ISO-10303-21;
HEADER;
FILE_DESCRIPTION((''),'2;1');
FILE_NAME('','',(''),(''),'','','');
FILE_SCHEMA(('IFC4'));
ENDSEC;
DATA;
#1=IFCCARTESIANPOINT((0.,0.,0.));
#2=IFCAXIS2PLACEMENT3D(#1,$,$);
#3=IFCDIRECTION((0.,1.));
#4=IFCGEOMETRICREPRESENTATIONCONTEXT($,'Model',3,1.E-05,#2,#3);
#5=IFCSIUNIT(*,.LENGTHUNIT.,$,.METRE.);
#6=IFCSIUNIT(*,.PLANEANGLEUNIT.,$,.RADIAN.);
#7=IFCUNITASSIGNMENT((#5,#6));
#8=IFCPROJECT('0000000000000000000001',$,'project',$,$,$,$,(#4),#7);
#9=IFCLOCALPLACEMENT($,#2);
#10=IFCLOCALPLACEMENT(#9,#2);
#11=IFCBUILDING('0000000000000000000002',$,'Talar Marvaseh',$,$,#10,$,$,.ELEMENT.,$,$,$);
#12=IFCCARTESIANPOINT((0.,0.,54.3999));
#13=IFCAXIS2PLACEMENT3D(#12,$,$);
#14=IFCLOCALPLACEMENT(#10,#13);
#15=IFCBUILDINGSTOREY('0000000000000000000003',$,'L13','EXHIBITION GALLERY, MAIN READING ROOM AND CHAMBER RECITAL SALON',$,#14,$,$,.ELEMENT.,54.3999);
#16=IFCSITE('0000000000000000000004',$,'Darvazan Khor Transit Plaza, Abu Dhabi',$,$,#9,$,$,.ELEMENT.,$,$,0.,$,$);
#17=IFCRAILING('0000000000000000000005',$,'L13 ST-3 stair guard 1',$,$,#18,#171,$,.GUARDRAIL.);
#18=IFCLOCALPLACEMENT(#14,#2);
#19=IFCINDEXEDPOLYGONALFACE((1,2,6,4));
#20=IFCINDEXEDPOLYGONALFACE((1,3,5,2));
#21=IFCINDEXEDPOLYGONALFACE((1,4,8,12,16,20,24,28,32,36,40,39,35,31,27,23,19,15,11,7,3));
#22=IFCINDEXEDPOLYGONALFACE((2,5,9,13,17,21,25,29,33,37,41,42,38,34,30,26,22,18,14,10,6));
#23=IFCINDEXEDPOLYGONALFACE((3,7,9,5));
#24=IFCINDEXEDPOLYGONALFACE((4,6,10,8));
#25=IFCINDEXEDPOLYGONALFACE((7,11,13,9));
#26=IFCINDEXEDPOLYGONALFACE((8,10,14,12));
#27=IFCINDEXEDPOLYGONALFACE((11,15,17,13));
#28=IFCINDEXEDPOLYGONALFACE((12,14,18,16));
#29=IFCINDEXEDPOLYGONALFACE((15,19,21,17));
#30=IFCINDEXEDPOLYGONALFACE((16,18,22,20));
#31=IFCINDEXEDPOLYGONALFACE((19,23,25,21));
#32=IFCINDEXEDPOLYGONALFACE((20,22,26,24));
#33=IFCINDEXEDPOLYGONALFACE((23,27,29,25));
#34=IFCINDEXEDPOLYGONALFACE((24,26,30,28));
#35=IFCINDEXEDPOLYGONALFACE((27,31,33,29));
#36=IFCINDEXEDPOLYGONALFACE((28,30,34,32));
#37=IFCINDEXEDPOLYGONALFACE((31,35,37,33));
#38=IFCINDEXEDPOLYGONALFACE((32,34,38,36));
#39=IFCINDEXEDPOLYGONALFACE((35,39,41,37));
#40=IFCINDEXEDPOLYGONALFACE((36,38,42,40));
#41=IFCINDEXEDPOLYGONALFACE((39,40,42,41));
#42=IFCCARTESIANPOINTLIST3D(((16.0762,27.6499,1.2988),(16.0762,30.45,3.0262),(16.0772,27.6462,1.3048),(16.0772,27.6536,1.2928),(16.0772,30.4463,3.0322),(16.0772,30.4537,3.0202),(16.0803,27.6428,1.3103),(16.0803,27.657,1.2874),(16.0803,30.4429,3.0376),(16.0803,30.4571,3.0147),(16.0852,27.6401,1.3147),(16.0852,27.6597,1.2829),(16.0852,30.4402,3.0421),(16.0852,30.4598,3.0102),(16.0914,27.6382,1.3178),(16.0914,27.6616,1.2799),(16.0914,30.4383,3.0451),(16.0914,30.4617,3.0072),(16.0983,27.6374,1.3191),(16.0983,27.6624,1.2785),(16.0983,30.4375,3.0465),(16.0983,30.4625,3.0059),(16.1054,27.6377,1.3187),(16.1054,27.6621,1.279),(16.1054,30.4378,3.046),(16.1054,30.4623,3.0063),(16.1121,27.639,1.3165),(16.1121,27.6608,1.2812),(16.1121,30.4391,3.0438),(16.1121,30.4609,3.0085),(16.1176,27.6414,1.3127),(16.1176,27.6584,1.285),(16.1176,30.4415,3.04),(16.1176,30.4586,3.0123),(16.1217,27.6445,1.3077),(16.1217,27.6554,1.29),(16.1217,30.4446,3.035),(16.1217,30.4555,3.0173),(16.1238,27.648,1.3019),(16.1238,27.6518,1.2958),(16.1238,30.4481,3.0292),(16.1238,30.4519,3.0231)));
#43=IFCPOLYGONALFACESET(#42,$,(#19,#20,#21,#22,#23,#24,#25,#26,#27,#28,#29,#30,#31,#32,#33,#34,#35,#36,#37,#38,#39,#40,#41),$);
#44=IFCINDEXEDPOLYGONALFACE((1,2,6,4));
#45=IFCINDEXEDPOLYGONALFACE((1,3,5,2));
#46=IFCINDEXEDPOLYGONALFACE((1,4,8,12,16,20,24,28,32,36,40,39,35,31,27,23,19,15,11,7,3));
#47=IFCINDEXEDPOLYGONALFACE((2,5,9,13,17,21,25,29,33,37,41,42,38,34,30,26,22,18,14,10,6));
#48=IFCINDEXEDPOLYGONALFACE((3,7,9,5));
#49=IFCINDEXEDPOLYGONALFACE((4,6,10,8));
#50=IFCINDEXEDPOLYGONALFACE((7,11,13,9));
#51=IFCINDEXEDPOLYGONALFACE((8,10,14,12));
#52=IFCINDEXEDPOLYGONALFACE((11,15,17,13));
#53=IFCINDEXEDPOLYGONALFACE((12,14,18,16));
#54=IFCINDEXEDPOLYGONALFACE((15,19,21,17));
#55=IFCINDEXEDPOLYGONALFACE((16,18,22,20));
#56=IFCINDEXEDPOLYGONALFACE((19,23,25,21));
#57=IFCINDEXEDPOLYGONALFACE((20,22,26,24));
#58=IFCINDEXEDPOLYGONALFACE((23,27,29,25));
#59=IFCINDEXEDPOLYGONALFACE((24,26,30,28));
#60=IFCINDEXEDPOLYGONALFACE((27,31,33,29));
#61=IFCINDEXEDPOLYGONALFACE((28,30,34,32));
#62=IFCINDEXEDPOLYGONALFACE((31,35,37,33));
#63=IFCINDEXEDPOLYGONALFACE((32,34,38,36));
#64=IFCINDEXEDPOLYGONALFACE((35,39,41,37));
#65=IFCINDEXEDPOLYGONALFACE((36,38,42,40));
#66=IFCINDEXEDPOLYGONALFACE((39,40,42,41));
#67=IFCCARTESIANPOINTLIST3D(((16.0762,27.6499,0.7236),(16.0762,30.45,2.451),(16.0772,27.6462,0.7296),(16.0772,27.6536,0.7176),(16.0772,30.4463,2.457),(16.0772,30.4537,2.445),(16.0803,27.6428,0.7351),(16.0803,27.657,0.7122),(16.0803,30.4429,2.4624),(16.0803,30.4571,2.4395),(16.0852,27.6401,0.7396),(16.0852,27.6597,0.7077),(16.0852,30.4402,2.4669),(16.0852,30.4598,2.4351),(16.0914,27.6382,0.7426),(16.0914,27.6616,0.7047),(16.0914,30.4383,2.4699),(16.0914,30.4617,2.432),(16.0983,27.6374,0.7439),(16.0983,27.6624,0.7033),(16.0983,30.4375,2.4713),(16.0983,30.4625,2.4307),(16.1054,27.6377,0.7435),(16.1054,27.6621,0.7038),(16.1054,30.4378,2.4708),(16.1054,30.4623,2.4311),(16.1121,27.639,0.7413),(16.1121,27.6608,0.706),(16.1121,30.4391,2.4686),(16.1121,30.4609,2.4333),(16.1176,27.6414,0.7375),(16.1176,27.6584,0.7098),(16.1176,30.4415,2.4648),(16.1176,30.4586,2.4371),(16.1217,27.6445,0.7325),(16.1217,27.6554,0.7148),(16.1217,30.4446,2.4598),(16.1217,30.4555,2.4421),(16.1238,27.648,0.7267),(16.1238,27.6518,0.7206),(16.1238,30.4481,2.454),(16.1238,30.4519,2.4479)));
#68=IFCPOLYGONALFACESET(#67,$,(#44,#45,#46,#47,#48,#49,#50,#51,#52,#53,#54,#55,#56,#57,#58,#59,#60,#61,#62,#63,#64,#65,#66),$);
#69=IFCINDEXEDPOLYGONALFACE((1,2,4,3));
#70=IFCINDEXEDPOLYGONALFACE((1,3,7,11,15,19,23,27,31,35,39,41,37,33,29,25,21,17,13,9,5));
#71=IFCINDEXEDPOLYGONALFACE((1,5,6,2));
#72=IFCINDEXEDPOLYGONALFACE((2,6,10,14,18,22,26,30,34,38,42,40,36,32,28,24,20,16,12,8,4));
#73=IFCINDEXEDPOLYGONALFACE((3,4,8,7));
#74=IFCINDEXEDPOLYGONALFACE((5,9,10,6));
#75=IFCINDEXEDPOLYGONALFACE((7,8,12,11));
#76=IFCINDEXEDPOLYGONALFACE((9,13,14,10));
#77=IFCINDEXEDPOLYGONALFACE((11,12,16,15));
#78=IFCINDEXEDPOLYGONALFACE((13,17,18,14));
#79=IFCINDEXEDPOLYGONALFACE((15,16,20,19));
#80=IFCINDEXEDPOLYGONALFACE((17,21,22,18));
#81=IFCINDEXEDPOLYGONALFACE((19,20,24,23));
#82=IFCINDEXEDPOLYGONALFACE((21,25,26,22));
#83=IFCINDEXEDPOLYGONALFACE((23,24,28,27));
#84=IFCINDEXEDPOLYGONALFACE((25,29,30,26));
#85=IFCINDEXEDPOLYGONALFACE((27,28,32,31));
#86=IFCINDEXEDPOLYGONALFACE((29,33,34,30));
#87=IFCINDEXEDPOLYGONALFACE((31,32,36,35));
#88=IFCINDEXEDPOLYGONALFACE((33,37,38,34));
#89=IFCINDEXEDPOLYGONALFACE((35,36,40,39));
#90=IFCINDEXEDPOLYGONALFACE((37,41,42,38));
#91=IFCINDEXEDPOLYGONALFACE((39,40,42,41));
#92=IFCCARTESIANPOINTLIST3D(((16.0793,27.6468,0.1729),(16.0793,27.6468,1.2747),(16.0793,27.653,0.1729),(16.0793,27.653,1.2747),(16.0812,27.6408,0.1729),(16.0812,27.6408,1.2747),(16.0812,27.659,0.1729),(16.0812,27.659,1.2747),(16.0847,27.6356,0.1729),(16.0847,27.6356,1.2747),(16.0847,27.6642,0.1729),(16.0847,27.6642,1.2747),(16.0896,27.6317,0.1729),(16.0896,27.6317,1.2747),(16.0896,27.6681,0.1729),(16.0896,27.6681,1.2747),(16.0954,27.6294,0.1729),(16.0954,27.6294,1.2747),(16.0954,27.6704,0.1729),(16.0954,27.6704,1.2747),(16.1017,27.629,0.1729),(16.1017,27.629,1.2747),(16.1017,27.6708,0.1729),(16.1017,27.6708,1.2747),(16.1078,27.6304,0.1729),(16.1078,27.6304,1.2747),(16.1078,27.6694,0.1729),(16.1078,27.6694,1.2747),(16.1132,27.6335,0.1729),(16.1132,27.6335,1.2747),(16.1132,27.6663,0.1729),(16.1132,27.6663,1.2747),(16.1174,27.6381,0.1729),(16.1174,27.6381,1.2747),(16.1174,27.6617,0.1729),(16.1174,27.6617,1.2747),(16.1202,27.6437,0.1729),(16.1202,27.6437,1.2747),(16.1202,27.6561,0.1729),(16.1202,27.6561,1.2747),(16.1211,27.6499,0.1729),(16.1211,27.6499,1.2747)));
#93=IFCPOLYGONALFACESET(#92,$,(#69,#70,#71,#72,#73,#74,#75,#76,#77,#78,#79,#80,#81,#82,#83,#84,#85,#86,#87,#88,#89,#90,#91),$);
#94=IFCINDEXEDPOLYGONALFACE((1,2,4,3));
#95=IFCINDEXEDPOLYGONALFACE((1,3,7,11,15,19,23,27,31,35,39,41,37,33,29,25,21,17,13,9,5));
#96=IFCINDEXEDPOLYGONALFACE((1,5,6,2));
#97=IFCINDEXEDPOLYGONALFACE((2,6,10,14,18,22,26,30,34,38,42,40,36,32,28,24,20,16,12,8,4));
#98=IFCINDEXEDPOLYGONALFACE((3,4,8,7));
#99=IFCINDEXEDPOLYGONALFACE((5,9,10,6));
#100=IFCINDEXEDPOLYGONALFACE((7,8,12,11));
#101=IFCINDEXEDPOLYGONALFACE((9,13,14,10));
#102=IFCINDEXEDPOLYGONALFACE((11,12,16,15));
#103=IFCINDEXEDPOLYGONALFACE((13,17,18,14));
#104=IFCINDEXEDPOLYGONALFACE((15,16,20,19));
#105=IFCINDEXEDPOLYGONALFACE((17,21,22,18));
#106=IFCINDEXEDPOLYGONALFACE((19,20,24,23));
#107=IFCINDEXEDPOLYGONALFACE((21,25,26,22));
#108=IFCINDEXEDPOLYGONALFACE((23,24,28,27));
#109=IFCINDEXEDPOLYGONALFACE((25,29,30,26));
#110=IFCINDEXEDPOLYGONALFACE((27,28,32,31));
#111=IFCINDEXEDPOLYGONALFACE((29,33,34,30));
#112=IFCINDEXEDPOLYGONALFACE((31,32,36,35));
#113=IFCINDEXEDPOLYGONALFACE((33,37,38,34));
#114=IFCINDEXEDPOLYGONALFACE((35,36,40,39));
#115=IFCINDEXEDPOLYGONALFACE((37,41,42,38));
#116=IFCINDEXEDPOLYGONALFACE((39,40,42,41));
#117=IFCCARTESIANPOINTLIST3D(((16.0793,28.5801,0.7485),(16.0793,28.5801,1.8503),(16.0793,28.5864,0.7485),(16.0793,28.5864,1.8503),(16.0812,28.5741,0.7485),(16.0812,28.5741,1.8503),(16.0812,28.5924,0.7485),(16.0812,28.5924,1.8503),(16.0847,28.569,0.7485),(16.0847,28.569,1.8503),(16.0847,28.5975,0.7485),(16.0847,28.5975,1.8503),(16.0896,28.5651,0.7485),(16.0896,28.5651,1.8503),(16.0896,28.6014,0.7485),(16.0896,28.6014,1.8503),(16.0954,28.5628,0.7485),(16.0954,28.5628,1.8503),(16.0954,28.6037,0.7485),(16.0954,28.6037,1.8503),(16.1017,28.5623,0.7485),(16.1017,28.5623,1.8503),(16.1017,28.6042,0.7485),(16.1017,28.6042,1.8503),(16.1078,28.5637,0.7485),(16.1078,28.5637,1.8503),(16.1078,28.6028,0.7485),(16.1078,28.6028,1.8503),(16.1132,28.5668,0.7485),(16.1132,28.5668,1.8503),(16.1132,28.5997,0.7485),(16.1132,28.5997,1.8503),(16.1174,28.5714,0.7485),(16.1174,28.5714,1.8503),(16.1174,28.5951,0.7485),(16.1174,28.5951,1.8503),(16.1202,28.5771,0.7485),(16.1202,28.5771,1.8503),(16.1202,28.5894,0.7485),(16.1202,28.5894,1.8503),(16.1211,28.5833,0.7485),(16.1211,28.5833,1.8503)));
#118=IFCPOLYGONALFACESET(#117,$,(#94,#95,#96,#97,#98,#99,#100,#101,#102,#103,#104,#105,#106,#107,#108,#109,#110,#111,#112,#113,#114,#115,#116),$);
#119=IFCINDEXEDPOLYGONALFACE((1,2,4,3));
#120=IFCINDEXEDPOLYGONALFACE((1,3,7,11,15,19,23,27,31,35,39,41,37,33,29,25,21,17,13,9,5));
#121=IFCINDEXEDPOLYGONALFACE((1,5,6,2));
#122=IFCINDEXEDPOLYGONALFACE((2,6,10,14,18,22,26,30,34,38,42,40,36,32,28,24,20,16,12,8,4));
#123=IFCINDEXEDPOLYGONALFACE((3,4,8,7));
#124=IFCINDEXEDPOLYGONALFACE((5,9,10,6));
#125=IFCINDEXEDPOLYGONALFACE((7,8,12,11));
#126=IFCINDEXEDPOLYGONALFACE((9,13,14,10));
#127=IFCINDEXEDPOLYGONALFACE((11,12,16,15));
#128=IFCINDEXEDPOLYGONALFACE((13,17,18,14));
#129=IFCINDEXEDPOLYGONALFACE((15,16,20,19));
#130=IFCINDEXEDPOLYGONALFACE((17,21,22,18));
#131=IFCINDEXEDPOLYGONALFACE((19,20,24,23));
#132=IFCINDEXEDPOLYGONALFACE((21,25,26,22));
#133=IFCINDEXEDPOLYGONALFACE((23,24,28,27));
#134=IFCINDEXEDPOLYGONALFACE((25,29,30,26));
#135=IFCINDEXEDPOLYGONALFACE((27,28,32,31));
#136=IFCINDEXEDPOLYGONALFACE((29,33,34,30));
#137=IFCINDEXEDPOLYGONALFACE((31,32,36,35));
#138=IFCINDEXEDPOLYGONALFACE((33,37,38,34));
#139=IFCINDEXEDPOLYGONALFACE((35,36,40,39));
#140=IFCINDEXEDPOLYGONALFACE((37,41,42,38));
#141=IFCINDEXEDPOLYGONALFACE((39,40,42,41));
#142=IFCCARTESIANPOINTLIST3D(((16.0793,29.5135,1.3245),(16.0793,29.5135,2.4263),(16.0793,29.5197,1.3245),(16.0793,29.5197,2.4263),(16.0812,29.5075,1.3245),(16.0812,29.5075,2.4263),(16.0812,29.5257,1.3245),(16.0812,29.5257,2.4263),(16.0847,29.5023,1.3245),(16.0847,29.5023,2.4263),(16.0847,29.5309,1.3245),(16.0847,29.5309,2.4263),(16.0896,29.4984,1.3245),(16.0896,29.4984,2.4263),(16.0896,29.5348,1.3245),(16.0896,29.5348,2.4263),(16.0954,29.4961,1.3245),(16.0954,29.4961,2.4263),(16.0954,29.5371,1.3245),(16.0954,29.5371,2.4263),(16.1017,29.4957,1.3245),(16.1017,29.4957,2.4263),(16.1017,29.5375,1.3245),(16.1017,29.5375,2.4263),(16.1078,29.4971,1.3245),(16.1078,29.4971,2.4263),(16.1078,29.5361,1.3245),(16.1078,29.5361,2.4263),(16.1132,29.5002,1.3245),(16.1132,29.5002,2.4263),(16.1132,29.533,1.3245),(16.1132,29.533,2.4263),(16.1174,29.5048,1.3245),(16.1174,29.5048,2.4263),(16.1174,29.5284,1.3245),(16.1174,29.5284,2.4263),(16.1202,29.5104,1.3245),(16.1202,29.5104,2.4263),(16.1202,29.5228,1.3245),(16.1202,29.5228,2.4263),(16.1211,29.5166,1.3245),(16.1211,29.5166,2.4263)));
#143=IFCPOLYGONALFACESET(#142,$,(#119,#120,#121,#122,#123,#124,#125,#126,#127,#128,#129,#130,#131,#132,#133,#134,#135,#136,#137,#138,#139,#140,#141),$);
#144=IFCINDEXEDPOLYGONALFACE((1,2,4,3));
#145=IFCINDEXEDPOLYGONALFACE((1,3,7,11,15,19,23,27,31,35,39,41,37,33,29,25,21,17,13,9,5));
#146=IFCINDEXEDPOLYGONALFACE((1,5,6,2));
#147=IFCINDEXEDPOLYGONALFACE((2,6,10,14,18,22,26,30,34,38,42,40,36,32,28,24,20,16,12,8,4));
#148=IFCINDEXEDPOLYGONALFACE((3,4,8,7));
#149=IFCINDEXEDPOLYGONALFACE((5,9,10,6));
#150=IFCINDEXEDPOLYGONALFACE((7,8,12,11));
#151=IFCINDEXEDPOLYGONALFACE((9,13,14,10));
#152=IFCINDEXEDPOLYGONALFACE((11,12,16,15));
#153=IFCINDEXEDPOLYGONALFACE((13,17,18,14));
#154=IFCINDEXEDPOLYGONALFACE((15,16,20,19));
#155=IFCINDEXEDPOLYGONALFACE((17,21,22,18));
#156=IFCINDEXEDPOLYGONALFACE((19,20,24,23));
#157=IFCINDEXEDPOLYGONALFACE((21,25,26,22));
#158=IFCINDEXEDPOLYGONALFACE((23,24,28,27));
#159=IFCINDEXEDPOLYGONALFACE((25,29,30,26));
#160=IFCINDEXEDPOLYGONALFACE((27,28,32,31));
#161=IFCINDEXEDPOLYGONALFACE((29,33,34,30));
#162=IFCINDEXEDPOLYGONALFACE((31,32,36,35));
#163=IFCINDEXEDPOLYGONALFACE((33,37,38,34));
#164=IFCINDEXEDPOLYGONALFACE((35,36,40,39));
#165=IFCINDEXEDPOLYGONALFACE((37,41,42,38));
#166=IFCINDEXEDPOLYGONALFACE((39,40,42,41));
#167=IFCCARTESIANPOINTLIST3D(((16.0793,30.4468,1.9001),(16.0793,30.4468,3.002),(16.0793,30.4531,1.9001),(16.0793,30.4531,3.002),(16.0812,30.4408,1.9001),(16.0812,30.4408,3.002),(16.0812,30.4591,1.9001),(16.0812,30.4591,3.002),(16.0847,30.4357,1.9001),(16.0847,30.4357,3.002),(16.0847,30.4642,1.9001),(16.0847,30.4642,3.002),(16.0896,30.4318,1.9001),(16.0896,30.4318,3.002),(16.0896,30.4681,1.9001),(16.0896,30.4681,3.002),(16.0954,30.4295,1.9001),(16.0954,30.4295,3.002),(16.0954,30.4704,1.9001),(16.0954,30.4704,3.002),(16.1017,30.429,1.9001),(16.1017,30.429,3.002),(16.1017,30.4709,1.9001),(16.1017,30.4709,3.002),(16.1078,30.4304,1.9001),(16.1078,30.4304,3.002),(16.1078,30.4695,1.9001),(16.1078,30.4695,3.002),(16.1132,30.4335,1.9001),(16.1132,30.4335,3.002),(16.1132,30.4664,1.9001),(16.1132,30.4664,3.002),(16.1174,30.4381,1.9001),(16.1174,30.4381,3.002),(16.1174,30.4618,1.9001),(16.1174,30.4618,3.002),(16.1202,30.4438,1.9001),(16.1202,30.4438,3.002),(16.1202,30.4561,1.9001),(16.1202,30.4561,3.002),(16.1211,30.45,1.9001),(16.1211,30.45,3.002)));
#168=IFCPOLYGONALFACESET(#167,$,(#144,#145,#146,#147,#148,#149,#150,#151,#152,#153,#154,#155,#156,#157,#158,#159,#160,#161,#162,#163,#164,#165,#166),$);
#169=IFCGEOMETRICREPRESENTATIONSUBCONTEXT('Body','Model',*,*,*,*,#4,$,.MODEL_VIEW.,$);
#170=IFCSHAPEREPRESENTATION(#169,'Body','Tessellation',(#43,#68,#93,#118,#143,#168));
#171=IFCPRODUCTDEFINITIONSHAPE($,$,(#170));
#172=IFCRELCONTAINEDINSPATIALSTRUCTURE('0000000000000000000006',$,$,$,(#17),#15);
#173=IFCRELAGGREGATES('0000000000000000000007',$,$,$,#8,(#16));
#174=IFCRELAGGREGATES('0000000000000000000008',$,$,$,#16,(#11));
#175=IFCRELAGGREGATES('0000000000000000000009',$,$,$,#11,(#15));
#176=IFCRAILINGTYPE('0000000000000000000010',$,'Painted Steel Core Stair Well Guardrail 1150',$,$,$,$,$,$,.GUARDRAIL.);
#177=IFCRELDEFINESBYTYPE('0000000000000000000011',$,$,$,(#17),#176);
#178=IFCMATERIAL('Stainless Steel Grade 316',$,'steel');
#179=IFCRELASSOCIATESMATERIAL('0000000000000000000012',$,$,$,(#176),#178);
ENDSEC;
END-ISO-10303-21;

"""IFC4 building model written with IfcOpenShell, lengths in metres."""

from ifc_helpers import new_model, si_unit, direction, frame, origin, origin_2d, place, context, subcontext, project, spatial, circle, extrude, material, type_object, element, save


model = new_model("IFC4")

# Units and contexts
model_context = context("Model", 3, precision=1e-05, world=origin(), true_north=direction((0.0, 1.0)))
body_context = subcontext(model_context, "Body", "Model", "MODEL_VIEW")
ifc_project = project(units=[si_unit("LENGTHUNIT", "METRE"), si_unit("PLANEANGLEUNIT", "RADIAN")], contexts=[model_context])

# Site, building, storey
site_placement = place(None, origin())
site = spatial("IfcSite", under=ifc_project, at=site_placement, Name="Darvazan Khor Transit Plaza, Abu Dhabi", CompositionType="ELEMENT", RefElevation=0.0)
building_placement = place(site_placement, origin())
building = spatial("IfcBuilding", under=site, at=building_placement, Name="Talar Marvaseh", CompositionType="ELEMENT")
storey_placement = place(building_placement, frame((0.0, 0.0, 54.3999)))
storey = spatial("IfcBuildingStorey", under=building, at=storey_placement, Name="L13", Description="EXHIBITION GALLERY, MAIN READING ROOM AND CHAMBER RECITAL SALON", CompositionType="ELEMENT", Elevation=54.3999)

# Railing
ifc_material_1 = material(Name="Stainless Steel Grade 316", Category="steel")
railing_type_1 = type_object("IfcRailingType", Name="Painted Steel Core Stair Well Guardrail 1150", PredefinedType="GUARDRAIL", material=ifc_material_1)
railing_1_placement = place(storey_placement, frame((16.1001, 27.6499, 0.1729)))
element("IfcRailing", 1, at=railing_1_placement, inside=storey, type_object=railing_type_1, Name="L13 ST-3 stair guard 1", PredefinedType="GUARDRAIL", context=body_context, shape_type="SweptSolid", body=[
    extrude(circle(Radius=0.0239, at=origin_2d()), frame((0.0, 0.0, 1.126), z_axis=(0.0, 0.85109, 0.52502), x_axis=(-1.0, 0.0, 0.0)), (0.0, 0.0, 1.0), 3.29),
    extrude(circle(Radius=0.0239, at=origin_2d()), frame((0.0, 0.0, 0.5508), z_axis=(0.0, 0.85109, 0.52502), x_axis=(-1.0, 0.0, 0.0)), (0.0, 0.0, 1.0), 3.29),
    extrude(circle(Radius=0.021, at=origin_2d()), origin(), (0.0, 0.0, 1.0), 1.1018),
    extrude(circle(Radius=0.021, at=origin_2d()), frame((0.0, 0.9333, 0.5757)), (0.0, 0.0, 1.0), 1.1018),
    extrude(circle(Radius=0.021, at=origin_2d()), frame((0.0, 1.8667, 1.1516)), (0.0, 0.0, 1.0), 1.1018),
    extrude(circle(Radius=0.021, at=origin_2d()), frame((0.0, 2.8, 1.7273)), (0.0, 0.0, 1.0), 1.1018),
])

save(model, "model.ifc")
